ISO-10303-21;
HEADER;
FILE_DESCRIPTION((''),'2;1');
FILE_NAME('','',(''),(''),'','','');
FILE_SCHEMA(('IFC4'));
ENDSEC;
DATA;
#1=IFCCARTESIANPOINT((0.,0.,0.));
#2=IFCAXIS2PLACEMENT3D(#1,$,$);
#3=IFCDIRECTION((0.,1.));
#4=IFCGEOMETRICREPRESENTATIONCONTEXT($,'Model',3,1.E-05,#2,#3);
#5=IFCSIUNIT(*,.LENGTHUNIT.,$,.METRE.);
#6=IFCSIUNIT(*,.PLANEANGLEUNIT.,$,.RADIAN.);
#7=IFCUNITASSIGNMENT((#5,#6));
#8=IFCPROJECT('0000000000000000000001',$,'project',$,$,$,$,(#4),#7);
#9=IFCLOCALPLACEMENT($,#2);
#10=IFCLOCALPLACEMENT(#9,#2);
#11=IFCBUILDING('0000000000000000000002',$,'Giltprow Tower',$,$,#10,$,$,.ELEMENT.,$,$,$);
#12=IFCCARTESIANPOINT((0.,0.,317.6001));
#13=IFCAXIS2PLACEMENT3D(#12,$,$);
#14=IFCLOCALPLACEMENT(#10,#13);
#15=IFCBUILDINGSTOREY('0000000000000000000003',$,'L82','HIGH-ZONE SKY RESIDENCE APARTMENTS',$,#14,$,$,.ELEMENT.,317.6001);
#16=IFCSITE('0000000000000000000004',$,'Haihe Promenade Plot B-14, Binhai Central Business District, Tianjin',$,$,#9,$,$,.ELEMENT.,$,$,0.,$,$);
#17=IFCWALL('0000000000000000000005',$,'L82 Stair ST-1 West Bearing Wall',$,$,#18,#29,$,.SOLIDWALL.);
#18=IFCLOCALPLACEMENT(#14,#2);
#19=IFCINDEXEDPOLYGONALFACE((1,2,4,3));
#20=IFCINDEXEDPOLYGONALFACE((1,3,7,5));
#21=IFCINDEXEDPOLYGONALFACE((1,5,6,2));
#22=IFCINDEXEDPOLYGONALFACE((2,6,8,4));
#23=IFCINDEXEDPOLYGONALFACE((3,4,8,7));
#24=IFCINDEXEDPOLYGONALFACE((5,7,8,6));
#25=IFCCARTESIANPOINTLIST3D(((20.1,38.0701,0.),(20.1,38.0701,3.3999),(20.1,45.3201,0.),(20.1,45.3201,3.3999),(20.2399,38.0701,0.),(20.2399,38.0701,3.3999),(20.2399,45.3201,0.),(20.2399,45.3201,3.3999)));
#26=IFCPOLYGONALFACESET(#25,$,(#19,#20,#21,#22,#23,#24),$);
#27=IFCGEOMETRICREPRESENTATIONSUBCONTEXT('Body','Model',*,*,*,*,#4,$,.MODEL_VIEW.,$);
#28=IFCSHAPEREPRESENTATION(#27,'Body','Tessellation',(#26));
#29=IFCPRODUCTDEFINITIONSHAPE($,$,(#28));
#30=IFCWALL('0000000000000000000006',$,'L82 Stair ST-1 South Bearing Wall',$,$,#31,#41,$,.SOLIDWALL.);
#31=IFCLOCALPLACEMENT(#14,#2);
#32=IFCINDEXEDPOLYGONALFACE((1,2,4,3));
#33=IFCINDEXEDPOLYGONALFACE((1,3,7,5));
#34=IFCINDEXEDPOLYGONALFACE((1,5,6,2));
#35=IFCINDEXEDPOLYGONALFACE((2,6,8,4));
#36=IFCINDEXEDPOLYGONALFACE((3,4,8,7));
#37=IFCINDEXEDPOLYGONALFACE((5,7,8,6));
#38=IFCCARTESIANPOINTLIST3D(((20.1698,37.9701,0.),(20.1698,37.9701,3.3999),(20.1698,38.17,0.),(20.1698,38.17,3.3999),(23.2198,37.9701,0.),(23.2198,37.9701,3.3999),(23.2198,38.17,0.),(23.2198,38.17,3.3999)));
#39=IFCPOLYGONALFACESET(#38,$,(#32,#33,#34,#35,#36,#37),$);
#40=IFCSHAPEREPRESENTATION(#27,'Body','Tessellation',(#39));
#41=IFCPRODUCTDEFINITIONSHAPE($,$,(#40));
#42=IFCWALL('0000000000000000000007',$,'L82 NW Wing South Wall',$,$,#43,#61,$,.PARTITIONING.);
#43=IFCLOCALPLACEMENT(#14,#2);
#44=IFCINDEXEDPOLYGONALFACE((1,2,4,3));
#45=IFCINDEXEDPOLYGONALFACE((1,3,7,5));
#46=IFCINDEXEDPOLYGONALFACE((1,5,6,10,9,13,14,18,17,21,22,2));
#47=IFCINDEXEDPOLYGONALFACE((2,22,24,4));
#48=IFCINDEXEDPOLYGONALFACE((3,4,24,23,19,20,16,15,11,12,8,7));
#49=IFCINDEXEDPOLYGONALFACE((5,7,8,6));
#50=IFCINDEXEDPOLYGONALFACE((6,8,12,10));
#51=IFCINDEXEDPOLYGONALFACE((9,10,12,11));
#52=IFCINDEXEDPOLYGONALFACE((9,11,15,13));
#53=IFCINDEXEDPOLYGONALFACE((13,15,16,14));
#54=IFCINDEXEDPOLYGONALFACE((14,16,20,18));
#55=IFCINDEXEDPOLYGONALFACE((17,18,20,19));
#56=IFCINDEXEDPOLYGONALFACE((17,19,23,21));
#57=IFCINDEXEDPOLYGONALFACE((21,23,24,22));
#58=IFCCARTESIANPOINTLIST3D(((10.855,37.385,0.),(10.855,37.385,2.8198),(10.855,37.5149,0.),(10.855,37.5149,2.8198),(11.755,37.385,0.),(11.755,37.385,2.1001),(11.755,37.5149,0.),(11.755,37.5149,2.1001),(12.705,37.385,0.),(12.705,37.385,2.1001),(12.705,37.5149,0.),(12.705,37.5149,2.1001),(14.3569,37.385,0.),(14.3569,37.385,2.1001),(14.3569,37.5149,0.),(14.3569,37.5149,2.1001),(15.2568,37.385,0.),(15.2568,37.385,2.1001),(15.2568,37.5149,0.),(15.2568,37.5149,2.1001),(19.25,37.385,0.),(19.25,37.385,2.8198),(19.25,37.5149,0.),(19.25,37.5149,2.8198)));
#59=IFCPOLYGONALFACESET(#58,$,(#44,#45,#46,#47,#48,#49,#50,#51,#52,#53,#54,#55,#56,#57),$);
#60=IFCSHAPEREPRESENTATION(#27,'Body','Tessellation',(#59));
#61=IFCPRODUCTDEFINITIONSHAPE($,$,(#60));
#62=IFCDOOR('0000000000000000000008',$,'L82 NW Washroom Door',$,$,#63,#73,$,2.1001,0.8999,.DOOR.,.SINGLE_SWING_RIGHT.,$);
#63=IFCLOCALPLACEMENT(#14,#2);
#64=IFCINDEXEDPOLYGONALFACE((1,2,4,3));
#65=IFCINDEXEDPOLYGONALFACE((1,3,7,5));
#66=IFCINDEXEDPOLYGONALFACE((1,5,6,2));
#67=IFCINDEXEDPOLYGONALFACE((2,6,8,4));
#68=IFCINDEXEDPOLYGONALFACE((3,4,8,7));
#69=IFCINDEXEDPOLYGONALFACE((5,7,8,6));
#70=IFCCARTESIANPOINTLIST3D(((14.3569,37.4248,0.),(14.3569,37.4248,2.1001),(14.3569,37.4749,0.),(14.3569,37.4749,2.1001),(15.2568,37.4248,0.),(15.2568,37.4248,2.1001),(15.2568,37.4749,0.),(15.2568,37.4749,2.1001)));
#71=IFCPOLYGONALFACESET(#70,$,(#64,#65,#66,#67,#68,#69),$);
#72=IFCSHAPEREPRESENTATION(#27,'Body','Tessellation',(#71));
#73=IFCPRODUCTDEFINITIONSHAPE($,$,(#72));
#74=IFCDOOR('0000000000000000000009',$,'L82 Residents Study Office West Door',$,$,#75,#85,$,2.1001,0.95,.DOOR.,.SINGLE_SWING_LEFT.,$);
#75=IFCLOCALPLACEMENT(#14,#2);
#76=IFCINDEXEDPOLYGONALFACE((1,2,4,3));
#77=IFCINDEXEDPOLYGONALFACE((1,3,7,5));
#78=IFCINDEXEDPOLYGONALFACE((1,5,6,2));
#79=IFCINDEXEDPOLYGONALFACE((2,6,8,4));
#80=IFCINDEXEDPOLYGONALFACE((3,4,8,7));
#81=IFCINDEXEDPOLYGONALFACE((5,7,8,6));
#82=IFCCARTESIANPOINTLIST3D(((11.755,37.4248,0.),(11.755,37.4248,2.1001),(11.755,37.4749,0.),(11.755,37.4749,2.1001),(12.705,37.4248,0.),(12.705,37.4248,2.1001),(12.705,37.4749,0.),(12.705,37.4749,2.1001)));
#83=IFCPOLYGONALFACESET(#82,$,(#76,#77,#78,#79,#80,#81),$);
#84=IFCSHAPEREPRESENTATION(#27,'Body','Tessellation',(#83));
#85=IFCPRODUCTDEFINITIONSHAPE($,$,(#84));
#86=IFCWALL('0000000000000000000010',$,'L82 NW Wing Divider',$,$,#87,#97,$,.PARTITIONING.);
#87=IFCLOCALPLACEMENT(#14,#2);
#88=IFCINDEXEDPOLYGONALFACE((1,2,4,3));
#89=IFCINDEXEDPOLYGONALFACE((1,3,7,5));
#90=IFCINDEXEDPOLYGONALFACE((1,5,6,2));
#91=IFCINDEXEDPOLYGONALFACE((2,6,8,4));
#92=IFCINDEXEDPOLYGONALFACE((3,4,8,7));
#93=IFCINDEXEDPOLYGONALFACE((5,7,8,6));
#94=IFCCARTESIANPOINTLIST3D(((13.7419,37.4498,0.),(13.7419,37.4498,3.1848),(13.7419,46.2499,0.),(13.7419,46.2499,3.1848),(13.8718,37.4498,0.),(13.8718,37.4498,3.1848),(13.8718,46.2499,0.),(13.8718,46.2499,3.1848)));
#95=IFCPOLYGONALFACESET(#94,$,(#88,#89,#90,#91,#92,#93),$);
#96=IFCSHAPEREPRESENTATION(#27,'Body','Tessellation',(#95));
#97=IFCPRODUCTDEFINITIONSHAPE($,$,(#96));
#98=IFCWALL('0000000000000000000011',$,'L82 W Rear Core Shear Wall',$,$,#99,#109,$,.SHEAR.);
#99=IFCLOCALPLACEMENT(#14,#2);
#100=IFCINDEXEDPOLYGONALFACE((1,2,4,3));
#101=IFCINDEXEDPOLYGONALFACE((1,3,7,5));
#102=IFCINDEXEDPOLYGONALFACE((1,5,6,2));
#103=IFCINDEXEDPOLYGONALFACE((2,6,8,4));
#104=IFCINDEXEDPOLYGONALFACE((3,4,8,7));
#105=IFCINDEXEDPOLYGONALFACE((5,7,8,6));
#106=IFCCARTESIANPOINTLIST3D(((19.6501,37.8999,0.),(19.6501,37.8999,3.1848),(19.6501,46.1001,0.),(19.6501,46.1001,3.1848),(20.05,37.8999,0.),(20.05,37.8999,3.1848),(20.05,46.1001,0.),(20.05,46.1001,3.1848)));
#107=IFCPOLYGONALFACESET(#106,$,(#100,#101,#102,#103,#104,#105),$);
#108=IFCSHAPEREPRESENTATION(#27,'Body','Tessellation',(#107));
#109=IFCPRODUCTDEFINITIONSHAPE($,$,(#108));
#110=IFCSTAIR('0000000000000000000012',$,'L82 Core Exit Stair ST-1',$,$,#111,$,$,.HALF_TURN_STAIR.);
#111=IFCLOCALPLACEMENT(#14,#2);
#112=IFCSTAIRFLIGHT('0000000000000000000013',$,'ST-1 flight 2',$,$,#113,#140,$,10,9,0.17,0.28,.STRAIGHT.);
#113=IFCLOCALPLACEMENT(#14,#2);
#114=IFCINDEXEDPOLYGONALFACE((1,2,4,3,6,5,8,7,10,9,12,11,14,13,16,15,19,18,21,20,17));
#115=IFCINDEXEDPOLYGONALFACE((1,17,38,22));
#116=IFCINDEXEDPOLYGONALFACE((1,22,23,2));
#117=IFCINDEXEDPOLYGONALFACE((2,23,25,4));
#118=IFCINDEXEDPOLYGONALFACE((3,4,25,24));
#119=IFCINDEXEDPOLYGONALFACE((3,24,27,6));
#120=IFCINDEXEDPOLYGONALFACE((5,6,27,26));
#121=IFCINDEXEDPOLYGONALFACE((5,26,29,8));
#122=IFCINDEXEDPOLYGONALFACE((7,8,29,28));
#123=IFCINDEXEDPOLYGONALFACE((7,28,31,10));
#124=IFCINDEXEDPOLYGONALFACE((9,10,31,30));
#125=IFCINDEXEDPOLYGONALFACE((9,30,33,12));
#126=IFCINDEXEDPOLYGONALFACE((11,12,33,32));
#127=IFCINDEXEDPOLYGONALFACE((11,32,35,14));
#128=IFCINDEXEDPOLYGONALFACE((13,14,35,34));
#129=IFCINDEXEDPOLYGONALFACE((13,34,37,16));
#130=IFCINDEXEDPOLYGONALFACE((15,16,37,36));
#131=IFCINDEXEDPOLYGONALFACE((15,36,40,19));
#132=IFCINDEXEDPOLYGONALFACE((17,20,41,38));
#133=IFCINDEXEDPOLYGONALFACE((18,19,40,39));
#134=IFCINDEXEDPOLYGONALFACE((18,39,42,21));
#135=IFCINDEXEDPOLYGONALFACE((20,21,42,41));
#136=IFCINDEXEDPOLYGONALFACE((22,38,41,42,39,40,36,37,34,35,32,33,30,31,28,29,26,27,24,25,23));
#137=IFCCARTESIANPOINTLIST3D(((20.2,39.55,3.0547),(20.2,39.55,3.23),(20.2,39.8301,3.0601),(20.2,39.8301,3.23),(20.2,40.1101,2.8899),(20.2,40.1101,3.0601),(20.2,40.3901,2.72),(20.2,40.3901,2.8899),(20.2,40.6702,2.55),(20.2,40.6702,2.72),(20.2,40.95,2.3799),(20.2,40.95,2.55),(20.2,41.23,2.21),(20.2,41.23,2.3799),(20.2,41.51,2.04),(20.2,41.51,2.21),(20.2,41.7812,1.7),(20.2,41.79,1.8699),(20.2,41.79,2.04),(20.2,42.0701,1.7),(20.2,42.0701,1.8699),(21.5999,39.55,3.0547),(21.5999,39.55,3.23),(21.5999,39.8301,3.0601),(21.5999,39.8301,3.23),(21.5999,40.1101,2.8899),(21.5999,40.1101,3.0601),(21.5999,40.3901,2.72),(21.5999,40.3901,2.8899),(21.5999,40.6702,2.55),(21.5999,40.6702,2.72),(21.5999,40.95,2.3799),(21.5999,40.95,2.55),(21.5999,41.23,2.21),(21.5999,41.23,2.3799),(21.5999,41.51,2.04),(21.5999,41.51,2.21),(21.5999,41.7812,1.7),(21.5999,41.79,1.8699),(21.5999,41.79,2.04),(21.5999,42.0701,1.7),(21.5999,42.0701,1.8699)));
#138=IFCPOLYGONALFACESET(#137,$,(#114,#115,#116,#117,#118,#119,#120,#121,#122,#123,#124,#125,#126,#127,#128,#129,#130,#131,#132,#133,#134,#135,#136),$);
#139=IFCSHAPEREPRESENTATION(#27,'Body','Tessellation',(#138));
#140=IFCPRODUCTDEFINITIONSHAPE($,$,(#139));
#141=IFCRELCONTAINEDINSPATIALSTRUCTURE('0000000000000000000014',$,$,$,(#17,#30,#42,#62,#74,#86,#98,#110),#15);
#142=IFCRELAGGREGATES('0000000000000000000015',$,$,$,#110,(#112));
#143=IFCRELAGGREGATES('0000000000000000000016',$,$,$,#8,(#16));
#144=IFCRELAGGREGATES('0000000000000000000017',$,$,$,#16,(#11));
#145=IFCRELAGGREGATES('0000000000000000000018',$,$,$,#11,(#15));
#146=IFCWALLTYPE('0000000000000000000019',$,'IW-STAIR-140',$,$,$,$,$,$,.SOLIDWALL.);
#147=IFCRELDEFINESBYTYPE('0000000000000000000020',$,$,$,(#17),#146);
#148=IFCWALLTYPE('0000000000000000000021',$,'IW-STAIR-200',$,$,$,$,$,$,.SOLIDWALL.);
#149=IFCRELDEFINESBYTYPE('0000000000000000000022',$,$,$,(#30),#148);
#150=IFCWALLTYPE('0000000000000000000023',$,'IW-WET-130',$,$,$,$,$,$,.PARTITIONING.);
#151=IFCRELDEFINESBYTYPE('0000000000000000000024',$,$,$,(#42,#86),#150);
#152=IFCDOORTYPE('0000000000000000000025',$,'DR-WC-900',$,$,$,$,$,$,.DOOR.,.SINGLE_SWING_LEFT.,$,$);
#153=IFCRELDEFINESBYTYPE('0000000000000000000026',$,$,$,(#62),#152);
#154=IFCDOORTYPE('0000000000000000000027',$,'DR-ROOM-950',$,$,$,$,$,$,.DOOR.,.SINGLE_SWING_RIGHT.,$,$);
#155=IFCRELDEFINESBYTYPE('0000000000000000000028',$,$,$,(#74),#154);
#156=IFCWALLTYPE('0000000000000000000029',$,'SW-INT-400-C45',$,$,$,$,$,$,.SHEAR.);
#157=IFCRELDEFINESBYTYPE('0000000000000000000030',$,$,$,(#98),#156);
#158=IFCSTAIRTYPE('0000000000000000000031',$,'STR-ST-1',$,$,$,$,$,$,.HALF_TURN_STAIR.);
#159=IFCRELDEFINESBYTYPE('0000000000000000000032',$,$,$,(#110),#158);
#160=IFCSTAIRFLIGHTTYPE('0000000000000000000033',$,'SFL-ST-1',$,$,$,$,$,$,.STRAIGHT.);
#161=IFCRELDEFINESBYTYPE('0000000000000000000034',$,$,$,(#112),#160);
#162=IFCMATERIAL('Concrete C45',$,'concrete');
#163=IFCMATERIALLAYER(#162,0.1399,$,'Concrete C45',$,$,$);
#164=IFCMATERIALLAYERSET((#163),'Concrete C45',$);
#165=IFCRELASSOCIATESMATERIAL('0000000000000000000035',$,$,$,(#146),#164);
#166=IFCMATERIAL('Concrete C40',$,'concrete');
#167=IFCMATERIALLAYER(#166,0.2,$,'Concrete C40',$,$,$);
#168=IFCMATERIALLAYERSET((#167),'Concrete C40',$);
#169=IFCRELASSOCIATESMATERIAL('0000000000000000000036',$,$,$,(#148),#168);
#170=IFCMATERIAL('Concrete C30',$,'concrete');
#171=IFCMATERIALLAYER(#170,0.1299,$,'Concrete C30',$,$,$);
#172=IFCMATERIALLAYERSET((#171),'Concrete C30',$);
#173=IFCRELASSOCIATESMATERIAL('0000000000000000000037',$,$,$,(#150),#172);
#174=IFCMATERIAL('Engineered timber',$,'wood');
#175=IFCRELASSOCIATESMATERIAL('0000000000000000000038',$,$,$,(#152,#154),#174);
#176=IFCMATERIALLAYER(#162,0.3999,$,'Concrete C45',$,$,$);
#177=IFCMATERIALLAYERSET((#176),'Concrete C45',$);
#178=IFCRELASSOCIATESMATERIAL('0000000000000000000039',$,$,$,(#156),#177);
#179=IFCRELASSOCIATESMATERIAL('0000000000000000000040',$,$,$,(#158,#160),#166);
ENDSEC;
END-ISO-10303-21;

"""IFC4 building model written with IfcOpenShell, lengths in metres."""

from ifc_helpers import new_model, si_unit, direction, frame, frame_2d, origin, place, context, subcontext, project, spatial, polyline, rectangle, outline, extrude, source, transform, mapped, material, layer, layer_set, type_object, element, fill, aggregate, save


model = new_model("IFC4")

# Units and contexts
model_context = context("Model", 3, precision=1e-05, world=origin(), true_north=direction((0.0, 1.0)))
body_context = subcontext(model_context, "Body", "Model", "MODEL_VIEW")
ifc_project = project(units=[si_unit("LENGTHUNIT", "METRE"), si_unit("PLANEANGLEUNIT", "RADIAN")], contexts=[model_context])

# Site, building, storey
site_placement = place(None, origin())
site = spatial("IfcSite", under=ifc_project, at=site_placement, Name="Haihe Promenade Plot B-14, Binhai Central Business District, Tianjin", CompositionType="ELEMENT", RefElevation=0.0)
building_placement = place(site_placement, origin())
building = spatial("IfcBuilding", under=site, at=building_placement, Name="Giltprow Tower", CompositionType="ELEMENT")
storey_placement = place(building_placement, frame((0.0, 0.0, 317.6001)))
storey = spatial("IfcBuildingStorey", under=building, at=storey_placement, Name="L82", Description="HIGH-ZONE SKY RESIDENCE APARTMENTS", CompositionType="ELEMENT", Elevation=317.6001)

# Shared definitions
ifc_material_1 = material(Name="Concrete C45", Category="concrete")

# Walls
ifc_layer_1 = layer(ifc_material_1, 0.1399, Name="Concrete C45")
ifc_layer_set_1 = layer_set([ifc_layer_1], Name="Concrete C45")
wall_type_1 = type_object("IfcWallType", Name="IW-STAIR-140", PredefinedType="SOLIDWALL", material=ifc_layer_set_1)
wall_1_placement = place(storey_placement, frame((20.1699, 38.0701, 0.0), z_axis=(0.0, 0.0, 1.0), x_axis=(0.0, 1.0, 0.0)))
element("IfcWall", 1, at=wall_1_placement, inside=storey, type_object=wall_type_1, Name="L82 Stair ST-1 West Bearing Wall", PredefinedType="SOLIDWALL", context=body_context, shape_type="SweptSolid", body=[
    extrude(rectangle(XDim=7.25, YDim=0.1399, at=frame_2d((3.625, 0.0))), origin(), (0.0, 0.0, 1.0), 3.3999),
])
ifc_material_2 = material(Name="Concrete C40", Category="concrete")
ifc_layer_2 = layer(ifc_material_2, 0.2, Name="Concrete C40")
ifc_layer_set_2 = layer_set([ifc_layer_2], Name="Concrete C40")
wall_type_2 = type_object("IfcWallType", Name="IW-STAIR-200", PredefinedType="SOLIDWALL", material=ifc_layer_set_2)
wall_2_placement = place(storey_placement, frame((20.1699, 38.0701, 0.0), z_axis=(0.0, 0.0, 1.0), x_axis=(1.0, 0.0, 0.0)))
element("IfcWall", 2, at=wall_2_placement, inside=storey, type_object=wall_type_2, Name="L82 Stair ST-1 South Bearing Wall", PredefinedType="SOLIDWALL", context=body_context, shape_type="SweptSolid", body=[
    extrude(rectangle(XDim=3.05, YDim=0.2, at=frame_2d((1.5249, 0.0))), origin(), (0.0, 0.0, 1.0), 3.3999),
])

# Wall, openings, doors
ifc_material_3 = material(Name="Concrete C30", Category="concrete")
ifc_layer_3 = layer(ifc_material_3, 0.1299, Name="Concrete C30")
ifc_layer_set_3 = layer_set([ifc_layer_3], Name="Concrete C30")
wall_type_3 = type_object("IfcWallType", Name="IW-WET-130", PredefinedType="PARTITIONING", material=ifc_layer_set_3)
wall_3_placement = place(storey_placement, frame((10.855, 37.45, 0.0), z_axis=(0.0, 0.0, 1.0), x_axis=(1.0, 0.0, 0.0)))
wall_3 = element("IfcWall", 3, at=wall_3_placement, inside=storey, type_object=wall_type_3, Name="L82 NW Wing South Wall", PredefinedType="PARTITIONING", context=body_context, shape_type="SweptSolid", body=[
    extrude(rectangle(XDim=8.395, YDim=0.1299, at=frame_2d((4.1975, 0.0))), origin(), (0.0, 0.0, 1.0), 2.8198),
])
opening_1_placement = place(wall_3_placement, frame((0.8999, 0.0, 0.0)))
opening_1 = element("IfcOpeningElement", 4, at=opening_1_placement, cuts=wall_3, PredefinedType="OPENING", context=body_context, shape_type="SweptSolid", body=[
    extrude(rectangle(XDim=0.95, YDim=2.1001, at=frame_2d((0.4751, 1.05))), frame((0.0, 0.075, 0.0), z_axis=(0.0, -1.0, 0.0), x_axis=(1.0, 0.0, 0.0)), (0.0, 0.0, 1.0), 0.1499),
])
opening_2_placement = place(wall_3_placement, frame((3.502, 0.0, 0.0)))
opening_2 = element("IfcOpeningElement", 5, at=opening_2_placement, cuts=wall_3, PredefinedType="OPENING", context=body_context, shape_type="SweptSolid", body=[
    extrude(rectangle(XDim=0.8999, YDim=2.1001, at=frame_2d((0.45, 1.05))), frame((0.0, 0.075, 0.0), z_axis=(0.0, -1.0, 0.0), x_axis=(1.0, 0.0, 0.0)), (0.0, 0.0, 1.0), 0.1499),
])
ifc_material_4 = material(Name="Engineered timber", Category="wood")
door_type_1 = type_object("IfcDoorType", Name="DR-WC-900", OperationType="SINGLE_SWING_LEFT", PredefinedType="DOOR", material=ifc_material_4)
shared_shape_1 = source(origin(), body_context, "Body", "SweptSolid", [
    extrude(rectangle(XDim=0.8999, YDim=2.1001, at=frame_2d((0.45, 1.05))), frame((0.0, 0.0249, 0.0), z_axis=(0.0, -1.0, 0.0), x_axis=(1.0, 0.0, 0.0)), (0.0, 0.0, 1.0), 0.05),
])
door_1_placement = place(opening_2_placement, origin())
door_1 = element("IfcDoor", 6, at=door_1_placement, inside=storey, type_object=door_type_1, Name="L82 NW Washroom Door", OperationType="SINGLE_SWING_RIGHT", OverallHeight=2.1001, OverallWidth=0.8999, PredefinedType="DOOR", context=body_context, shape_type="MappedRepresentation", body=[
    mapped(shared_shape_1, transform((0.0, 0.0, 0.0), x_axis=(1.0, 0.0, 0.0), y_axis=(0.0, 1.0, 0.0), z_axis=(0.0, 0.0, 1.0), scale=1.0)),
])
fill(opening_2, door_1)
door_type_2 = type_object("IfcDoorType", Name="DR-ROOM-950", OperationType="SINGLE_SWING_RIGHT", PredefinedType="DOOR", material=ifc_material_4)
shared_shape_2 = source(origin(), body_context, "Body", "SweptSolid", [
    extrude(rectangle(XDim=0.95, YDim=2.1001, at=frame_2d((0.4751, 1.05))), frame((0.0, 0.0249, 0.0), z_axis=(0.0, -1.0, 0.0), x_axis=(1.0, 0.0, 0.0)), (0.0, 0.0, 1.0), 0.05),
])
door_2_placement = place(opening_1_placement, origin())
door_2 = element("IfcDoor", 7, at=door_2_placement, inside=storey, type_object=door_type_2, Name="L82 Residents Study Office West Door", OperationType="SINGLE_SWING_LEFT", OverallHeight=2.1001, OverallWidth=0.95, PredefinedType="DOOR", context=body_context, shape_type="MappedRepresentation", body=[
    mapped(shared_shape_2, transform((0.0, 0.0, 0.0), x_axis=(1.0, 0.0, 0.0), y_axis=(0.0, 1.0, 0.0), z_axis=(0.0, 0.0, 1.0), scale=1.0)),
])
fill(opening_1, door_2)

# Wall
wall_4_placement = place(storey_placement, frame((13.8069, 37.45, 0.0), z_axis=(0.0, 0.0, 1.0), x_axis=(0.0, 1.0, 0.0)))
element("IfcWall", 8, at=wall_4_placement, inside=storey, type_object=wall_type_3, Name="L82 NW Wing Divider", PredefinedType="PARTITIONING", context=body_context, shape_type="SweptSolid", body=[
    extrude(rectangle(XDim=8.8, YDim=0.1299, at=frame_2d((4.3999, 0.0))), origin(), (0.0, 0.0, 1.0), 3.1848),
])

# Shared definitions
ifc_layer_4 = layer(ifc_material_1, 0.3999, Name="Concrete C45")
ifc_layer_set_4 = layer_set([ifc_layer_4], Name="Concrete C45")
wall_type_4 = type_object("IfcWallType", Name="SW-INT-400-C45", PredefinedType="SHEAR", material=ifc_layer_set_4)

# Wall
wall_5_placement = place(storey_placement, frame((19.8501, 37.8999, 0.0), z_axis=(0.0, 0.0, 1.0), x_axis=(0.0, 1.0, 0.0)))
element("IfcWall", 9, at=wall_5_placement, inside=storey, type_object=wall_type_4, Name="L82 W Rear Core Shear Wall", PredefinedType="SHEAR", context=body_context, shape_type="SweptSolid", body=[
    extrude(rectangle(XDim=8.2002, YDim=0.3999, at=frame_2d((4.1001, 0.0))), origin(), (0.0, 0.0, 1.0), 3.1848),
])

# Stair, stair flight
stair_type = type_object("IfcStairType", Name="STR-ST-1", PredefinedType="HALF_TURN_STAIR", material=ifc_material_2)
stair_placement = place(storey_placement, origin())
stair = element("IfcStair", 10, at=stair_placement, inside=storey, type_object=stair_type, Name="L82 Core Exit Stair ST-1", PredefinedType="HALF_TURN_STAIR")
stair_flight_type = type_object("IfcStairFlightType", Name="SFL-ST-1", PredefinedType="STRAIGHT", material=ifc_material_2)
stair_flight_placement = place(storey_placement, frame((20.8999, 42.0701, 1.7), z_axis=(0.0, 0.0, 1.0), x_axis=(0.0, -1.0, 0.0)))
stair_flight = element("IfcStairFlight", 11, at=stair_flight_placement, type_object=stair_flight_type, Name="ST-1 flight 2", NumberOfRisers=10, NumberOfTreads=9, PredefinedType="STRAIGHT", RiserHeight=0.17, TreadLength=0.28, context=body_context, shape_type="SweptSolid", body=[
    extrude(outline(polyline([(0.0, 0.0), (0.0, 0.1699), (0.28, 0.1699), (0.28, 0.3401), (0.5601, 0.3401), (0.5601, 0.51), (0.8401, 0.51), (0.8401, 0.6799), (1.1201, 0.6799), (1.1201, 0.8501), (1.3999, 0.8501), (1.3999, 1.02), (1.6799, 1.02), (1.6799, 1.1899), (1.96, 1.1899), (1.96, 1.3601), (2.24, 1.3601), (2.24, 1.53), (2.52, 1.53), (2.52, 1.7), (2.52, 1.3547), (0.2888, 0.0), (0.0, 0.0)])), frame((0.0, 0.7, 0.0), z_axis=(0.0, -1.0, 0.0), x_axis=(1.0, 0.0, 0.0)), (0.0, 0.0, 1.0), 1.3999),
])
aggregate(stair, [stair_flight])

save(model, "model.ifc")
